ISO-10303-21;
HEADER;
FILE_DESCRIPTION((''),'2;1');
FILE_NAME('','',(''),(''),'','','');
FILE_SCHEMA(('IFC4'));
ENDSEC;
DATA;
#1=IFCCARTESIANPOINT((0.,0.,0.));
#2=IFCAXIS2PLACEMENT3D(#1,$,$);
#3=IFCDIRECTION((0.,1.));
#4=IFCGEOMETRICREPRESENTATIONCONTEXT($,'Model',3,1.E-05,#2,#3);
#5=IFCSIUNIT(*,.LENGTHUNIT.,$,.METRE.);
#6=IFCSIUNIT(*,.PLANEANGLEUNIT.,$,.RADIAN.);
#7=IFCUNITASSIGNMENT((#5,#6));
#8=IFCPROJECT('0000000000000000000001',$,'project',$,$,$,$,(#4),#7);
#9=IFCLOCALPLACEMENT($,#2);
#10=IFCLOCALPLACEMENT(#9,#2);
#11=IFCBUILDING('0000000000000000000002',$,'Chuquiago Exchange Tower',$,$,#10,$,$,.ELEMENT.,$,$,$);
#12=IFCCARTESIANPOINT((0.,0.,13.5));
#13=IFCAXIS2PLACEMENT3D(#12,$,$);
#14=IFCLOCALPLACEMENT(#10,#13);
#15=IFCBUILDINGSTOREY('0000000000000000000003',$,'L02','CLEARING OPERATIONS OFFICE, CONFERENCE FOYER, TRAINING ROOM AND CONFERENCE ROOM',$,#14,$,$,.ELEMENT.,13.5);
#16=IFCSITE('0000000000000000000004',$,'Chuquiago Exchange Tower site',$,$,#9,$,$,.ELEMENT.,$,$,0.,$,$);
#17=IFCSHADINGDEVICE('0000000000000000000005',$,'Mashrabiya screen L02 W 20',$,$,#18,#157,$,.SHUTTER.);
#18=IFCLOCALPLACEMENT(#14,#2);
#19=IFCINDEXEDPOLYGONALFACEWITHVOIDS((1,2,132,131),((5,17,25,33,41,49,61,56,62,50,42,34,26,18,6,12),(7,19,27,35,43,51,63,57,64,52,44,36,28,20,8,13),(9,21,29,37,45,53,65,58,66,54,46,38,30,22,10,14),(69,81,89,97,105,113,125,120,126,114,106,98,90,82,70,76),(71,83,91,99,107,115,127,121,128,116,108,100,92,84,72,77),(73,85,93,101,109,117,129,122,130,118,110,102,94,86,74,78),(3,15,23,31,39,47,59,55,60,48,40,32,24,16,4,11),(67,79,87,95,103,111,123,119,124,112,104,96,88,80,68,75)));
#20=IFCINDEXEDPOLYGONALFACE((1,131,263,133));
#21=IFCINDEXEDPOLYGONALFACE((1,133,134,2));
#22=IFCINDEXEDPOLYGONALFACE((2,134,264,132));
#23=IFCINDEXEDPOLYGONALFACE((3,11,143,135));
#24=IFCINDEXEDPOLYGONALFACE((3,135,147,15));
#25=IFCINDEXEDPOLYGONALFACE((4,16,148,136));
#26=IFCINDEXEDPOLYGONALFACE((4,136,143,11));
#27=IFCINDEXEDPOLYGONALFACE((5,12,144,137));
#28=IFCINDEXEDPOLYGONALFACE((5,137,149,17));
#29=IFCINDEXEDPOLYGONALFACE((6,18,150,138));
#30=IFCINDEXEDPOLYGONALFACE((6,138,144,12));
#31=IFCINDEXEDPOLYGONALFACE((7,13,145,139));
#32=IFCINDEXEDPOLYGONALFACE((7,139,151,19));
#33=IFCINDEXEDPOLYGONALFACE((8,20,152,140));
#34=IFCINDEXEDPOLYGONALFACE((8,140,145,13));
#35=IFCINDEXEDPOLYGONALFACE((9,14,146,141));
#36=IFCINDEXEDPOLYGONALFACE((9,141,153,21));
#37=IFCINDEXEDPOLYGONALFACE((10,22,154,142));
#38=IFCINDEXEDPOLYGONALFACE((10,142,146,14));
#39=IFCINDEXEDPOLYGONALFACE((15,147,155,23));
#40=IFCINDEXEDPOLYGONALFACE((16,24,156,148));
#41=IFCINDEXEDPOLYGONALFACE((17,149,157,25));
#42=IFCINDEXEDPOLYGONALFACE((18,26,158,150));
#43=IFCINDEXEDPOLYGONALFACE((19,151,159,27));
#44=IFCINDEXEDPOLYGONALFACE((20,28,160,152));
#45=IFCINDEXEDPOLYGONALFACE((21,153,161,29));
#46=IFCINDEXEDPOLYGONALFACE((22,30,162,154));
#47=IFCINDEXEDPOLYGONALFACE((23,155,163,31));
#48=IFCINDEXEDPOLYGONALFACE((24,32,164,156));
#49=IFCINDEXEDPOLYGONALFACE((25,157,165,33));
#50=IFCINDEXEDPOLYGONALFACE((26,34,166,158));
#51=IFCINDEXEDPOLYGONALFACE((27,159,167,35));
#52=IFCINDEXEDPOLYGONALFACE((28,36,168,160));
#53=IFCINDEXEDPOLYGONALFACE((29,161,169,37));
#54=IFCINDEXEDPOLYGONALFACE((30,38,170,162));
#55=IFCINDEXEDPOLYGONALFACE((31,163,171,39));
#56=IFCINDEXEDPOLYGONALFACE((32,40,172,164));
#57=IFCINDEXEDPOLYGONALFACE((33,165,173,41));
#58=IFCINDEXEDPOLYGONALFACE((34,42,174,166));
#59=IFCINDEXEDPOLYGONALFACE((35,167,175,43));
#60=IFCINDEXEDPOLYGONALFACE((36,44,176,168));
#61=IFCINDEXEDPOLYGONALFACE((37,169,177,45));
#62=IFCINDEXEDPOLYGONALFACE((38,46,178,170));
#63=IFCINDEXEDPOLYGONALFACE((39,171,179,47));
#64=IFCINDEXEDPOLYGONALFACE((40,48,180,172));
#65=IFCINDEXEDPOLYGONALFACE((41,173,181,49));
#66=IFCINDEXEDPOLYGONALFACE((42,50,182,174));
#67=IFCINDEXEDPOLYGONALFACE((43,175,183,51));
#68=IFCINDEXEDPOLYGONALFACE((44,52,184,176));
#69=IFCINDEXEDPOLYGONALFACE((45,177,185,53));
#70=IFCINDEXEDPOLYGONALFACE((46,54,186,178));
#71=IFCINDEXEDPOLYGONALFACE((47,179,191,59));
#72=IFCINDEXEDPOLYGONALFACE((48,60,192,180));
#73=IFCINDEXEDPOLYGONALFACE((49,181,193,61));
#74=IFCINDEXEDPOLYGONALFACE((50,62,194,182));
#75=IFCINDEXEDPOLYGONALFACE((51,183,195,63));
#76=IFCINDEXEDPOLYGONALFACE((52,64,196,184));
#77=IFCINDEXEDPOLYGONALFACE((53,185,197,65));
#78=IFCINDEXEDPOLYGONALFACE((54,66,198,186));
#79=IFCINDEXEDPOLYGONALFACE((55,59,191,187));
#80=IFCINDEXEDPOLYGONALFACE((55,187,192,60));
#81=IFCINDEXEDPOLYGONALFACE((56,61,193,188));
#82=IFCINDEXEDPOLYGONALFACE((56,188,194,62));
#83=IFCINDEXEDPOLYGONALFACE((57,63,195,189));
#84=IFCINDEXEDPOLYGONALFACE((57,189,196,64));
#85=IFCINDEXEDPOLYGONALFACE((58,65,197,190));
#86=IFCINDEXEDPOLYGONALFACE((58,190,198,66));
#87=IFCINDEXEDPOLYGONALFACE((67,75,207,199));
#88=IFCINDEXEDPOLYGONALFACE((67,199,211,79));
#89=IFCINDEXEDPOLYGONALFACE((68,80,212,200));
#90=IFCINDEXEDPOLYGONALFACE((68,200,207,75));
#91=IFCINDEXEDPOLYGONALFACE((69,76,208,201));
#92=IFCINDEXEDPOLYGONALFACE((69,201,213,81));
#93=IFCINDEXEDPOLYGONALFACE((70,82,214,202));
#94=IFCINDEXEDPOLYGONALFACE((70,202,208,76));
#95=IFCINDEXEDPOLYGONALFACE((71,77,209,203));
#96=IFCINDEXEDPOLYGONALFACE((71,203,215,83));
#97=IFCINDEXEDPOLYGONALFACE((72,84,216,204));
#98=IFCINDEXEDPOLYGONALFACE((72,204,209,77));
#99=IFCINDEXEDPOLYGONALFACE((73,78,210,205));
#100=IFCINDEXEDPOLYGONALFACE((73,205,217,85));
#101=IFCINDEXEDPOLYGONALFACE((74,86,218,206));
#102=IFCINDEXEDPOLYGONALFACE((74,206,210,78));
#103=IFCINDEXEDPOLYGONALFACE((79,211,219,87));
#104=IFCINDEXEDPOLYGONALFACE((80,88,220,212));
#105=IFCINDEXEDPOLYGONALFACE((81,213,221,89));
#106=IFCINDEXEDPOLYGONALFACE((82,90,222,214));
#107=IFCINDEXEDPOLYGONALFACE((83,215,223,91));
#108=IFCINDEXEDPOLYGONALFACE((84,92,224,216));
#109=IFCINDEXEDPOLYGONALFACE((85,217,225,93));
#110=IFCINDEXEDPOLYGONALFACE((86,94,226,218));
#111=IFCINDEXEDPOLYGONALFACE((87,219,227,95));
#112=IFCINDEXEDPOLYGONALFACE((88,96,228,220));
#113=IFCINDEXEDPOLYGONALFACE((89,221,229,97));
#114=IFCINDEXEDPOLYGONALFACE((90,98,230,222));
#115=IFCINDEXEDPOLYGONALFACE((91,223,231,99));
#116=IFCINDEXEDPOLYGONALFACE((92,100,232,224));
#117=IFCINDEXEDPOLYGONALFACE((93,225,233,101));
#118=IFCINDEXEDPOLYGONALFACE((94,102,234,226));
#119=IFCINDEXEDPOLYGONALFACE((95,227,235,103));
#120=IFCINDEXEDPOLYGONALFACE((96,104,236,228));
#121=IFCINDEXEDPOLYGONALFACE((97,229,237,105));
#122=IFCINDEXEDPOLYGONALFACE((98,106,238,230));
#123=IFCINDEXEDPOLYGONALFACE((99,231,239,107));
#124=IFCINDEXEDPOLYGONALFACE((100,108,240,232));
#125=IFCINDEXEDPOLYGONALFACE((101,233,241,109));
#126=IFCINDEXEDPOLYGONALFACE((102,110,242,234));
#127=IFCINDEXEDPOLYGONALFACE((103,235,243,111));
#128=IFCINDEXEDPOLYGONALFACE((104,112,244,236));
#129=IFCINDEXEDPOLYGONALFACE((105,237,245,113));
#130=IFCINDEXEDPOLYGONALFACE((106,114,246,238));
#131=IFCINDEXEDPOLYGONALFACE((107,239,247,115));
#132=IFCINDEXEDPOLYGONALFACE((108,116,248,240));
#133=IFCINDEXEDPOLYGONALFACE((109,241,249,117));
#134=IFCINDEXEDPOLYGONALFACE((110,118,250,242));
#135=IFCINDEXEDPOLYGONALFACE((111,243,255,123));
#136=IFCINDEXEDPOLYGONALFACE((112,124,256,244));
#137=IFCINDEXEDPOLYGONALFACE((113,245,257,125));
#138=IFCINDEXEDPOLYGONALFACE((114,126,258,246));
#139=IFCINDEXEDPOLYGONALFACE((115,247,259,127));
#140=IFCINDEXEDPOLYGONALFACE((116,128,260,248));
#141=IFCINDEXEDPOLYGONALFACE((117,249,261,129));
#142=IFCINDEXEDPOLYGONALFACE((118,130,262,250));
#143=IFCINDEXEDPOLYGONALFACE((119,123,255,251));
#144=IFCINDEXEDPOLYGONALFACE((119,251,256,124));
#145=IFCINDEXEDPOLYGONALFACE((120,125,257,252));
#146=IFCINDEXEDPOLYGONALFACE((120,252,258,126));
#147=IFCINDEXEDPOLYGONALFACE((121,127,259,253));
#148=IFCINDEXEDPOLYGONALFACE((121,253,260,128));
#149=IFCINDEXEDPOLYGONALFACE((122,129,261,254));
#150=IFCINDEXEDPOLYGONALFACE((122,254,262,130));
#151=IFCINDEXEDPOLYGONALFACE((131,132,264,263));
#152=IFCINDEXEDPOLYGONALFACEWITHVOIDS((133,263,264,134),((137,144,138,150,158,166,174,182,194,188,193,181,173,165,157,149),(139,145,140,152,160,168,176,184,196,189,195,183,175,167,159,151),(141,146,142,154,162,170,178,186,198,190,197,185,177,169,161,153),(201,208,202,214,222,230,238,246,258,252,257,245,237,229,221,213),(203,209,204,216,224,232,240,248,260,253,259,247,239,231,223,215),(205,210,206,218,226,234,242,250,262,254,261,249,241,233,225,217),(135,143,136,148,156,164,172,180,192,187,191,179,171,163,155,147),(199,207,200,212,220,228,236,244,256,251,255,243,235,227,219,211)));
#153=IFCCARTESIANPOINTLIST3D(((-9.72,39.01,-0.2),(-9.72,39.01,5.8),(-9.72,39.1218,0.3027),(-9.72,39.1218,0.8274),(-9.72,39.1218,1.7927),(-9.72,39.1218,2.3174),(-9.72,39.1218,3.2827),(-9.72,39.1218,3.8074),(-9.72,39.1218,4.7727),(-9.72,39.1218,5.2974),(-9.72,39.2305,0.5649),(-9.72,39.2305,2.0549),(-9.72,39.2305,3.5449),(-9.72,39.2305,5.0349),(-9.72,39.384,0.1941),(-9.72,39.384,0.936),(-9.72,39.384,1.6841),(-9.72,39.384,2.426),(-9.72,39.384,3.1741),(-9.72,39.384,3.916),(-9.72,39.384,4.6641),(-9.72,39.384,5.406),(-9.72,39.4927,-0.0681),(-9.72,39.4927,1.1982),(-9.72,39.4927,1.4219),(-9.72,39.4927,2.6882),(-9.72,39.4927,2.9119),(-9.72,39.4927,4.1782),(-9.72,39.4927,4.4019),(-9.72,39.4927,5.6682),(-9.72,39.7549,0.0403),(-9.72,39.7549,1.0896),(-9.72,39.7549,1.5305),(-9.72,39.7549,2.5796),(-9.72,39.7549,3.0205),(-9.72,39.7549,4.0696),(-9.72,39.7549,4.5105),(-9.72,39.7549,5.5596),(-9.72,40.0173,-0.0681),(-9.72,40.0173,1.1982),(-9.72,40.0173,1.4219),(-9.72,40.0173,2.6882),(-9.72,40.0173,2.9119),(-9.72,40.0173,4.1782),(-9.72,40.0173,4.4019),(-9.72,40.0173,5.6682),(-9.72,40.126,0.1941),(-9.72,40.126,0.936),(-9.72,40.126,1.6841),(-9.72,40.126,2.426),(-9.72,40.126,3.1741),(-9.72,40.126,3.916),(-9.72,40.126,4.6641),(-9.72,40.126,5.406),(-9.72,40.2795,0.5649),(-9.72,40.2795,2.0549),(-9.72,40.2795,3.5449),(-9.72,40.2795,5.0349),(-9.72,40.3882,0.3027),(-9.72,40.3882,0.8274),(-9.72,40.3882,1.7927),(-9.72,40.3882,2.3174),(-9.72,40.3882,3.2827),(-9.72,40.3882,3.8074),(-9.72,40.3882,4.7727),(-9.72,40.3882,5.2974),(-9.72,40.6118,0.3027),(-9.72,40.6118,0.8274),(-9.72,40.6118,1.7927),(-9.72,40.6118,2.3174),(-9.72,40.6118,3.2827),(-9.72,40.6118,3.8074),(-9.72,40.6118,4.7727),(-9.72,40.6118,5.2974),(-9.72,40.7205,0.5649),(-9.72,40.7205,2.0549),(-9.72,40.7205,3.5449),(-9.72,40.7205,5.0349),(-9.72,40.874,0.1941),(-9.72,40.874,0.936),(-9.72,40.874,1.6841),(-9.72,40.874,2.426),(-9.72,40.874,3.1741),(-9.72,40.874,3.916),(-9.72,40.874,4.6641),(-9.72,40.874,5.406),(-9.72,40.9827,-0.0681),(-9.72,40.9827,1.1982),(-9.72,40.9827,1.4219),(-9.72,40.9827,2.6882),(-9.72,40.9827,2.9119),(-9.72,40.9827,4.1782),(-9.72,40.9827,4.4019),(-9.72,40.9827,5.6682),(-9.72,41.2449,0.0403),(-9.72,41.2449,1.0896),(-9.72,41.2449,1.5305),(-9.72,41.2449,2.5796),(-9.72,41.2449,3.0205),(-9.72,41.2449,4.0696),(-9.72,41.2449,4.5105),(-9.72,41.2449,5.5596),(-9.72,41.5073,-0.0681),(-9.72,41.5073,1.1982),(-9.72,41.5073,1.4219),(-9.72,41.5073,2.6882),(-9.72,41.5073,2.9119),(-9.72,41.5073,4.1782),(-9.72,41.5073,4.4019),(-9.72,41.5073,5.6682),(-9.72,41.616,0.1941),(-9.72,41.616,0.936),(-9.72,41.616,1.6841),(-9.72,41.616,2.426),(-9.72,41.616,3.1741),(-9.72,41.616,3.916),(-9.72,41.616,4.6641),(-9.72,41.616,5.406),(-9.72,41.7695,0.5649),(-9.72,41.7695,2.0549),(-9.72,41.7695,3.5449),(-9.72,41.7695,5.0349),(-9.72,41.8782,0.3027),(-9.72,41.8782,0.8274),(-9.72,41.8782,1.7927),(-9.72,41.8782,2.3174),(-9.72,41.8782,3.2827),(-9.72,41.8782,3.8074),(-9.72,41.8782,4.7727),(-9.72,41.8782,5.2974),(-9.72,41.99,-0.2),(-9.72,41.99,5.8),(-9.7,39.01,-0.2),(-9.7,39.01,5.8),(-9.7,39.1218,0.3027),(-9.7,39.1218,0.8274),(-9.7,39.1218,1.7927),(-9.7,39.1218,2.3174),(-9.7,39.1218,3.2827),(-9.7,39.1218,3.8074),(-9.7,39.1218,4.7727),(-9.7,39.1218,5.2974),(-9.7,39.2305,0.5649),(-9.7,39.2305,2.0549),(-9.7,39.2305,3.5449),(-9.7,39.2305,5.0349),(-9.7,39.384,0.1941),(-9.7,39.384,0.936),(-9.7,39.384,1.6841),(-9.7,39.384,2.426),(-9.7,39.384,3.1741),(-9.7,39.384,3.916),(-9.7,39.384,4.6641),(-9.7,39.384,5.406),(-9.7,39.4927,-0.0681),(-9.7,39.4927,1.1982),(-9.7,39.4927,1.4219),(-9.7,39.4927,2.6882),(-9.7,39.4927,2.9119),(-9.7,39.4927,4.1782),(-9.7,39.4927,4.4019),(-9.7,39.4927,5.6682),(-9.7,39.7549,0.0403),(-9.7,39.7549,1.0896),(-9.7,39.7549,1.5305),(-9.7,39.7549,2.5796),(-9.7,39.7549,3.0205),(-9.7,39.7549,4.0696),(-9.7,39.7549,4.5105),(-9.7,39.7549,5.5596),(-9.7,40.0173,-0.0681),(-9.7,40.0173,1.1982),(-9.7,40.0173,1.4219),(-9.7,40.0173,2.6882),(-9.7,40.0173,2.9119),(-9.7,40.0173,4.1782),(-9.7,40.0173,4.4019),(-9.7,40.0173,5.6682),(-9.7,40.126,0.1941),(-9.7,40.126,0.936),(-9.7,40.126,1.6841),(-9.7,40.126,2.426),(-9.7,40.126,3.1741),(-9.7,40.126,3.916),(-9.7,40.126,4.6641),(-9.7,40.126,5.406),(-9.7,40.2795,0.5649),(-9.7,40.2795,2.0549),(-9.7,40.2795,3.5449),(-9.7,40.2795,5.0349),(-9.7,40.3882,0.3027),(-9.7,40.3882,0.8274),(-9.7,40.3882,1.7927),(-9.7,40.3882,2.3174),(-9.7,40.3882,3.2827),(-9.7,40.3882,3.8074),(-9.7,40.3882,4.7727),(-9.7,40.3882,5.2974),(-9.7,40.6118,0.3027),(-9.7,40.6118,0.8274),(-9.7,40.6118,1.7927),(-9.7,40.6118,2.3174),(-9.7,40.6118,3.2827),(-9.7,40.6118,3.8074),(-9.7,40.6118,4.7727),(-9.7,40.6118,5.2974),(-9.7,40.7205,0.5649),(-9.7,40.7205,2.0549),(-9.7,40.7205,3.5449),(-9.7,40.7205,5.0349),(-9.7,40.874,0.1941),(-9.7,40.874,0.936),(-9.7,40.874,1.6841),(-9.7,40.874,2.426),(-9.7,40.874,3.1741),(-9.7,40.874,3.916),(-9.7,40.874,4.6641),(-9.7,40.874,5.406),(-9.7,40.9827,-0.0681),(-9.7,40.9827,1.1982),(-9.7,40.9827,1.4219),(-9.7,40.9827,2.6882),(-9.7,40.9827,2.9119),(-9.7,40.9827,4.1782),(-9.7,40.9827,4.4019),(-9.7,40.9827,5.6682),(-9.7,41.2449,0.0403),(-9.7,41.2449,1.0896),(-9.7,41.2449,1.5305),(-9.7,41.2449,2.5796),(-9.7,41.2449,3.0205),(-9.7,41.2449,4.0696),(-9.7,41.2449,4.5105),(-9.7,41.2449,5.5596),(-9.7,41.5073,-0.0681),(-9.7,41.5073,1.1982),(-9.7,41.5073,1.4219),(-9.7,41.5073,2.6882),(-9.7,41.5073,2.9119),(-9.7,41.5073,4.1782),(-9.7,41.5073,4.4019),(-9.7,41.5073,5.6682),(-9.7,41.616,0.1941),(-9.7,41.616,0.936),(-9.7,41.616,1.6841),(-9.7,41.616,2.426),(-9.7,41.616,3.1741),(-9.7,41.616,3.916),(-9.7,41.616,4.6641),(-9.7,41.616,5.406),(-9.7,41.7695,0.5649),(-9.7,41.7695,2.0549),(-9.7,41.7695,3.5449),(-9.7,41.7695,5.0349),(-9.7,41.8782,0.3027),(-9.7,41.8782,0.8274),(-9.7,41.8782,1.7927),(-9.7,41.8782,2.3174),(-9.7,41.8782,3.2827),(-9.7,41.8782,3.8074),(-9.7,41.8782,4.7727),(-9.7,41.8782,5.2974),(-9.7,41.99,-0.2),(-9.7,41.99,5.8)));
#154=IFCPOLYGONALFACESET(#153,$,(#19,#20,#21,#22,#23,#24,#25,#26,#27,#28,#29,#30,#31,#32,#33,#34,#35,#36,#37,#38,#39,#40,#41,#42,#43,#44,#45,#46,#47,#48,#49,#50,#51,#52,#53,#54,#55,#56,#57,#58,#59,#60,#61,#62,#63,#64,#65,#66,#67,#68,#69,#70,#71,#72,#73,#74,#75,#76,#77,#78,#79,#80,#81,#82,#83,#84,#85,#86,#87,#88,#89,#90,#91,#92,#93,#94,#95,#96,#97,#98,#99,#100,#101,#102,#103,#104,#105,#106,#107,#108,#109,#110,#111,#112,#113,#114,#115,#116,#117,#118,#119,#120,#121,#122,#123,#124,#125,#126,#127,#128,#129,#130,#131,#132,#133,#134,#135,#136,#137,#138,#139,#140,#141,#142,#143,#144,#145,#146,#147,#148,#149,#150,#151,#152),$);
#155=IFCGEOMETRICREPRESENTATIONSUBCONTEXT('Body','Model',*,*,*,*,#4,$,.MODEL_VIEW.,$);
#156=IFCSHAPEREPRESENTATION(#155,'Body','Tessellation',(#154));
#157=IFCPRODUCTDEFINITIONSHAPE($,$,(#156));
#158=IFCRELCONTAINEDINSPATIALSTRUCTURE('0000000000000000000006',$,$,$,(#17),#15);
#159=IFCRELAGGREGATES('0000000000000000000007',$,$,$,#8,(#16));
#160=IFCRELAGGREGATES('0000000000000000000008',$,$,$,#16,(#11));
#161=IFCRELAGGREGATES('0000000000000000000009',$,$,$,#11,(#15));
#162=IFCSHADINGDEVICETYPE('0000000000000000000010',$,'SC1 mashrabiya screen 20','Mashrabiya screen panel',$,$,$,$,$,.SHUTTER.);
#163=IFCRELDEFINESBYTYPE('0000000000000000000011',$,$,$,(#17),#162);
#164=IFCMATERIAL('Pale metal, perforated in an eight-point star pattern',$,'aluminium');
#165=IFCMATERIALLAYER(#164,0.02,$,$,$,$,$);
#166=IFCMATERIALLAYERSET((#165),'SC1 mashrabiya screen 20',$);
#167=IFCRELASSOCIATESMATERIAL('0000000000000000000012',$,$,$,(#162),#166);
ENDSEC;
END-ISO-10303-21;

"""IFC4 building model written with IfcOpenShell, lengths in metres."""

from ifc_helpers import new_model, si_unit, direction, frame, origin, place, context, subcontext, project, spatial, polyline, outline, extrude, material, layer, layer_set, type_object, element, save


model = new_model("IFC4")

# Units and contexts
model_context = context("Model", 3, precision=1e-05, world=origin(), true_north=direction((0.0, 1.0)))
body_context = subcontext(model_context, "Body", "Model", "MODEL_VIEW")
ifc_project = project(units=[si_unit("LENGTHUNIT", "METRE"), si_unit("PLANEANGLEUNIT", "RADIAN")], contexts=[model_context])

# Site, building, storey
site_placement = place(None, origin())
site = spatial("IfcSite", under=ifc_project, at=site_placement, Name="Chuquiago Exchange Tower site", CompositionType="ELEMENT", RefElevation=0.0)
building_placement = place(site_placement, origin())
building = spatial("IfcBuilding", under=site, at=building_placement, Name="Chuquiago Exchange Tower", CompositionType="ELEMENT")
storey_placement = place(building_placement, frame((0.0, 0.0, 13.5)))
storey = spatial("IfcBuildingStorey", under=building, at=storey_placement, Name="L02", Description="CLEARING OPERATIONS OFFICE, CONFERENCE FOYER, TRAINING ROOM AND CONFERENCE ROOM", CompositionType="ELEMENT", Elevation=13.5)

# Shading device
ifc_material_1 = material(Name="Pale metal, perforated in an eight-point star pattern", Category="aluminium")
ifc_layer_1 = layer(ifc_material_1, 0.02)
ifc_layer_set_1 = layer_set([ifc_layer_1], Name="SC1 mashrabiya screen 20")
shading_device_type = type_object("IfcShadingDeviceType", Name="SC1 mashrabiya screen 20", Description="Mashrabiya screen panel", PredefinedType="SHUTTER", material=ifc_layer_set_1)
shading_device_1_placement = place(storey_placement, frame((-9.7, 41.99, -0.2), z_axis=(0.0, 0.0, 1.0), x_axis=(0.0, -1.0, 0.0)))
element("IfcShadingDevice", 1, at=shading_device_1_placement, inside=storey, type_object=shading_device_type, Name="Mashrabiya screen L02 W 20", PredefinedType="SHUTTER", context=body_context, shape_type="SweptSolid", body=[
    extrude(outline(polyline([(0.0, 0.0), (2.98, 0.0), (2.98, 6.0), (0.0, 6.0), (0.0, 0.0)]), holes=[polyline([(1.2695, 0.7649), (1.3782, 1.0273), (1.116, 1.136), (1.0073, 1.3982), (0.7451, 1.2896), (0.4827, 1.3982), (0.374, 1.136), (0.1118, 1.0273), (0.2205, 0.7649), (0.1118, 0.5027), (0.374, 0.394), (0.4827, 0.1318), (0.7451, 0.2402), (1.0073, 0.1318), (1.116, 0.394), (1.3782, 0.5027), (1.2695, 0.7649)]), polyline([(2.7595, 0.7649), (2.8682, 1.0273), (2.606, 1.136), (2.4973, 1.3982), (2.2351, 1.2896), (1.9727, 1.3982), (1.864, 1.136), (1.6018, 1.0273), (1.7104, 0.7649), (1.6018, 0.5027), (1.864, 0.394), (1.9727, 0.1318), (2.2351, 0.2402), (2.4973, 0.1318), (2.606, 0.394), (2.8682, 0.5027), (2.7595, 0.7649)]), polyline([(1.2695, 2.2549), (1.3782, 2.5173), (1.116, 2.626), (1.0073, 2.8882), (0.7451, 2.7795), (0.4827, 2.8882), (0.374, 2.626), (0.1118, 2.5173), (0.2205, 2.2549), (0.1118, 1.9927), (0.374, 1.884), (0.4827, 1.6218), (0.7451, 1.7305), (1.0073, 1.6218), (1.116, 1.884), (1.3782, 1.9927), (1.2695, 2.2549)]), polyline([(2.7595, 2.2549), (2.8682, 2.5173), (2.606, 2.626), (2.4973, 2.8882), (2.2351, 2.7795), (1.9727, 2.8882), (1.864, 2.626), (1.6018, 2.5173), (1.7104, 2.2549), (1.6018, 1.9927), (1.864, 1.884), (1.9727, 1.6218), (2.2351, 1.7305), (2.4973, 1.6218), (2.606, 1.884), (2.8682, 1.9927), (2.7595, 2.2549)]), polyline([(1.2695, 3.7449), (1.3782, 4.0073), (1.116, 4.116), (1.0073, 4.3782), (0.7451, 4.2695), (0.4827, 4.3782), (0.374, 4.116), (0.1118, 4.0073), (0.2205, 3.7449), (0.1118, 3.4827), (0.374, 3.374), (0.4827, 3.1118), (0.7451, 3.2205), (1.0073, 3.1118), (1.116, 3.374), (1.3782, 3.4827), (1.2695, 3.7449)]), polyline([(2.7595, 3.7449), (2.8682, 4.0073), (2.606, 4.116), (2.4973, 4.3782), (2.2351, 4.2695), (1.9727, 4.3782), (1.864, 4.116), (1.6018, 4.0073), (1.7104, 3.7449), (1.6018, 3.4827), (1.864, 3.374), (1.9727, 3.1118), (2.2351, 3.2205), (2.4973, 3.1118), (2.606, 3.374), (2.8682, 3.4827), (2.7595, 3.7449)]), polyline([(1.2695, 5.2349), (1.3782, 5.4973), (1.116, 5.606), (1.0073, 5.8682), (0.7451, 5.7595), (0.4827, 5.8682), (0.374, 5.606), (0.1118, 5.4973), (0.2205, 5.2349), (0.1118, 4.9727), (0.374, 4.864), (0.4827, 4.6018), (0.7451, 4.7104), (1.0073, 4.6018), (1.116, 4.864), (1.3782, 4.9727), (1.2695, 5.2349)]), polyline([(2.7595, 5.2349), (2.8682, 5.4973), (2.606, 5.606), (2.4973, 5.8682), (2.2351, 5.7595), (1.9727, 5.8682), (1.864, 5.606), (1.6018, 5.4973), (1.7104, 5.2349), (1.6018, 4.9727), (1.864, 4.864), (1.9727, 4.6018), (2.2351, 4.7104), (2.4973, 4.6018), (2.606, 4.864), (2.8682, 4.9727), (2.7595, 5.2349)])]), frame((0.0, 0.0, 0.0), z_axis=(0.0, -1.0, 0.0), x_axis=(1.0, 0.0, 0.0)), (0.0, 0.0, 1.0), 0.02),
])

save(model, "model.ifc")
